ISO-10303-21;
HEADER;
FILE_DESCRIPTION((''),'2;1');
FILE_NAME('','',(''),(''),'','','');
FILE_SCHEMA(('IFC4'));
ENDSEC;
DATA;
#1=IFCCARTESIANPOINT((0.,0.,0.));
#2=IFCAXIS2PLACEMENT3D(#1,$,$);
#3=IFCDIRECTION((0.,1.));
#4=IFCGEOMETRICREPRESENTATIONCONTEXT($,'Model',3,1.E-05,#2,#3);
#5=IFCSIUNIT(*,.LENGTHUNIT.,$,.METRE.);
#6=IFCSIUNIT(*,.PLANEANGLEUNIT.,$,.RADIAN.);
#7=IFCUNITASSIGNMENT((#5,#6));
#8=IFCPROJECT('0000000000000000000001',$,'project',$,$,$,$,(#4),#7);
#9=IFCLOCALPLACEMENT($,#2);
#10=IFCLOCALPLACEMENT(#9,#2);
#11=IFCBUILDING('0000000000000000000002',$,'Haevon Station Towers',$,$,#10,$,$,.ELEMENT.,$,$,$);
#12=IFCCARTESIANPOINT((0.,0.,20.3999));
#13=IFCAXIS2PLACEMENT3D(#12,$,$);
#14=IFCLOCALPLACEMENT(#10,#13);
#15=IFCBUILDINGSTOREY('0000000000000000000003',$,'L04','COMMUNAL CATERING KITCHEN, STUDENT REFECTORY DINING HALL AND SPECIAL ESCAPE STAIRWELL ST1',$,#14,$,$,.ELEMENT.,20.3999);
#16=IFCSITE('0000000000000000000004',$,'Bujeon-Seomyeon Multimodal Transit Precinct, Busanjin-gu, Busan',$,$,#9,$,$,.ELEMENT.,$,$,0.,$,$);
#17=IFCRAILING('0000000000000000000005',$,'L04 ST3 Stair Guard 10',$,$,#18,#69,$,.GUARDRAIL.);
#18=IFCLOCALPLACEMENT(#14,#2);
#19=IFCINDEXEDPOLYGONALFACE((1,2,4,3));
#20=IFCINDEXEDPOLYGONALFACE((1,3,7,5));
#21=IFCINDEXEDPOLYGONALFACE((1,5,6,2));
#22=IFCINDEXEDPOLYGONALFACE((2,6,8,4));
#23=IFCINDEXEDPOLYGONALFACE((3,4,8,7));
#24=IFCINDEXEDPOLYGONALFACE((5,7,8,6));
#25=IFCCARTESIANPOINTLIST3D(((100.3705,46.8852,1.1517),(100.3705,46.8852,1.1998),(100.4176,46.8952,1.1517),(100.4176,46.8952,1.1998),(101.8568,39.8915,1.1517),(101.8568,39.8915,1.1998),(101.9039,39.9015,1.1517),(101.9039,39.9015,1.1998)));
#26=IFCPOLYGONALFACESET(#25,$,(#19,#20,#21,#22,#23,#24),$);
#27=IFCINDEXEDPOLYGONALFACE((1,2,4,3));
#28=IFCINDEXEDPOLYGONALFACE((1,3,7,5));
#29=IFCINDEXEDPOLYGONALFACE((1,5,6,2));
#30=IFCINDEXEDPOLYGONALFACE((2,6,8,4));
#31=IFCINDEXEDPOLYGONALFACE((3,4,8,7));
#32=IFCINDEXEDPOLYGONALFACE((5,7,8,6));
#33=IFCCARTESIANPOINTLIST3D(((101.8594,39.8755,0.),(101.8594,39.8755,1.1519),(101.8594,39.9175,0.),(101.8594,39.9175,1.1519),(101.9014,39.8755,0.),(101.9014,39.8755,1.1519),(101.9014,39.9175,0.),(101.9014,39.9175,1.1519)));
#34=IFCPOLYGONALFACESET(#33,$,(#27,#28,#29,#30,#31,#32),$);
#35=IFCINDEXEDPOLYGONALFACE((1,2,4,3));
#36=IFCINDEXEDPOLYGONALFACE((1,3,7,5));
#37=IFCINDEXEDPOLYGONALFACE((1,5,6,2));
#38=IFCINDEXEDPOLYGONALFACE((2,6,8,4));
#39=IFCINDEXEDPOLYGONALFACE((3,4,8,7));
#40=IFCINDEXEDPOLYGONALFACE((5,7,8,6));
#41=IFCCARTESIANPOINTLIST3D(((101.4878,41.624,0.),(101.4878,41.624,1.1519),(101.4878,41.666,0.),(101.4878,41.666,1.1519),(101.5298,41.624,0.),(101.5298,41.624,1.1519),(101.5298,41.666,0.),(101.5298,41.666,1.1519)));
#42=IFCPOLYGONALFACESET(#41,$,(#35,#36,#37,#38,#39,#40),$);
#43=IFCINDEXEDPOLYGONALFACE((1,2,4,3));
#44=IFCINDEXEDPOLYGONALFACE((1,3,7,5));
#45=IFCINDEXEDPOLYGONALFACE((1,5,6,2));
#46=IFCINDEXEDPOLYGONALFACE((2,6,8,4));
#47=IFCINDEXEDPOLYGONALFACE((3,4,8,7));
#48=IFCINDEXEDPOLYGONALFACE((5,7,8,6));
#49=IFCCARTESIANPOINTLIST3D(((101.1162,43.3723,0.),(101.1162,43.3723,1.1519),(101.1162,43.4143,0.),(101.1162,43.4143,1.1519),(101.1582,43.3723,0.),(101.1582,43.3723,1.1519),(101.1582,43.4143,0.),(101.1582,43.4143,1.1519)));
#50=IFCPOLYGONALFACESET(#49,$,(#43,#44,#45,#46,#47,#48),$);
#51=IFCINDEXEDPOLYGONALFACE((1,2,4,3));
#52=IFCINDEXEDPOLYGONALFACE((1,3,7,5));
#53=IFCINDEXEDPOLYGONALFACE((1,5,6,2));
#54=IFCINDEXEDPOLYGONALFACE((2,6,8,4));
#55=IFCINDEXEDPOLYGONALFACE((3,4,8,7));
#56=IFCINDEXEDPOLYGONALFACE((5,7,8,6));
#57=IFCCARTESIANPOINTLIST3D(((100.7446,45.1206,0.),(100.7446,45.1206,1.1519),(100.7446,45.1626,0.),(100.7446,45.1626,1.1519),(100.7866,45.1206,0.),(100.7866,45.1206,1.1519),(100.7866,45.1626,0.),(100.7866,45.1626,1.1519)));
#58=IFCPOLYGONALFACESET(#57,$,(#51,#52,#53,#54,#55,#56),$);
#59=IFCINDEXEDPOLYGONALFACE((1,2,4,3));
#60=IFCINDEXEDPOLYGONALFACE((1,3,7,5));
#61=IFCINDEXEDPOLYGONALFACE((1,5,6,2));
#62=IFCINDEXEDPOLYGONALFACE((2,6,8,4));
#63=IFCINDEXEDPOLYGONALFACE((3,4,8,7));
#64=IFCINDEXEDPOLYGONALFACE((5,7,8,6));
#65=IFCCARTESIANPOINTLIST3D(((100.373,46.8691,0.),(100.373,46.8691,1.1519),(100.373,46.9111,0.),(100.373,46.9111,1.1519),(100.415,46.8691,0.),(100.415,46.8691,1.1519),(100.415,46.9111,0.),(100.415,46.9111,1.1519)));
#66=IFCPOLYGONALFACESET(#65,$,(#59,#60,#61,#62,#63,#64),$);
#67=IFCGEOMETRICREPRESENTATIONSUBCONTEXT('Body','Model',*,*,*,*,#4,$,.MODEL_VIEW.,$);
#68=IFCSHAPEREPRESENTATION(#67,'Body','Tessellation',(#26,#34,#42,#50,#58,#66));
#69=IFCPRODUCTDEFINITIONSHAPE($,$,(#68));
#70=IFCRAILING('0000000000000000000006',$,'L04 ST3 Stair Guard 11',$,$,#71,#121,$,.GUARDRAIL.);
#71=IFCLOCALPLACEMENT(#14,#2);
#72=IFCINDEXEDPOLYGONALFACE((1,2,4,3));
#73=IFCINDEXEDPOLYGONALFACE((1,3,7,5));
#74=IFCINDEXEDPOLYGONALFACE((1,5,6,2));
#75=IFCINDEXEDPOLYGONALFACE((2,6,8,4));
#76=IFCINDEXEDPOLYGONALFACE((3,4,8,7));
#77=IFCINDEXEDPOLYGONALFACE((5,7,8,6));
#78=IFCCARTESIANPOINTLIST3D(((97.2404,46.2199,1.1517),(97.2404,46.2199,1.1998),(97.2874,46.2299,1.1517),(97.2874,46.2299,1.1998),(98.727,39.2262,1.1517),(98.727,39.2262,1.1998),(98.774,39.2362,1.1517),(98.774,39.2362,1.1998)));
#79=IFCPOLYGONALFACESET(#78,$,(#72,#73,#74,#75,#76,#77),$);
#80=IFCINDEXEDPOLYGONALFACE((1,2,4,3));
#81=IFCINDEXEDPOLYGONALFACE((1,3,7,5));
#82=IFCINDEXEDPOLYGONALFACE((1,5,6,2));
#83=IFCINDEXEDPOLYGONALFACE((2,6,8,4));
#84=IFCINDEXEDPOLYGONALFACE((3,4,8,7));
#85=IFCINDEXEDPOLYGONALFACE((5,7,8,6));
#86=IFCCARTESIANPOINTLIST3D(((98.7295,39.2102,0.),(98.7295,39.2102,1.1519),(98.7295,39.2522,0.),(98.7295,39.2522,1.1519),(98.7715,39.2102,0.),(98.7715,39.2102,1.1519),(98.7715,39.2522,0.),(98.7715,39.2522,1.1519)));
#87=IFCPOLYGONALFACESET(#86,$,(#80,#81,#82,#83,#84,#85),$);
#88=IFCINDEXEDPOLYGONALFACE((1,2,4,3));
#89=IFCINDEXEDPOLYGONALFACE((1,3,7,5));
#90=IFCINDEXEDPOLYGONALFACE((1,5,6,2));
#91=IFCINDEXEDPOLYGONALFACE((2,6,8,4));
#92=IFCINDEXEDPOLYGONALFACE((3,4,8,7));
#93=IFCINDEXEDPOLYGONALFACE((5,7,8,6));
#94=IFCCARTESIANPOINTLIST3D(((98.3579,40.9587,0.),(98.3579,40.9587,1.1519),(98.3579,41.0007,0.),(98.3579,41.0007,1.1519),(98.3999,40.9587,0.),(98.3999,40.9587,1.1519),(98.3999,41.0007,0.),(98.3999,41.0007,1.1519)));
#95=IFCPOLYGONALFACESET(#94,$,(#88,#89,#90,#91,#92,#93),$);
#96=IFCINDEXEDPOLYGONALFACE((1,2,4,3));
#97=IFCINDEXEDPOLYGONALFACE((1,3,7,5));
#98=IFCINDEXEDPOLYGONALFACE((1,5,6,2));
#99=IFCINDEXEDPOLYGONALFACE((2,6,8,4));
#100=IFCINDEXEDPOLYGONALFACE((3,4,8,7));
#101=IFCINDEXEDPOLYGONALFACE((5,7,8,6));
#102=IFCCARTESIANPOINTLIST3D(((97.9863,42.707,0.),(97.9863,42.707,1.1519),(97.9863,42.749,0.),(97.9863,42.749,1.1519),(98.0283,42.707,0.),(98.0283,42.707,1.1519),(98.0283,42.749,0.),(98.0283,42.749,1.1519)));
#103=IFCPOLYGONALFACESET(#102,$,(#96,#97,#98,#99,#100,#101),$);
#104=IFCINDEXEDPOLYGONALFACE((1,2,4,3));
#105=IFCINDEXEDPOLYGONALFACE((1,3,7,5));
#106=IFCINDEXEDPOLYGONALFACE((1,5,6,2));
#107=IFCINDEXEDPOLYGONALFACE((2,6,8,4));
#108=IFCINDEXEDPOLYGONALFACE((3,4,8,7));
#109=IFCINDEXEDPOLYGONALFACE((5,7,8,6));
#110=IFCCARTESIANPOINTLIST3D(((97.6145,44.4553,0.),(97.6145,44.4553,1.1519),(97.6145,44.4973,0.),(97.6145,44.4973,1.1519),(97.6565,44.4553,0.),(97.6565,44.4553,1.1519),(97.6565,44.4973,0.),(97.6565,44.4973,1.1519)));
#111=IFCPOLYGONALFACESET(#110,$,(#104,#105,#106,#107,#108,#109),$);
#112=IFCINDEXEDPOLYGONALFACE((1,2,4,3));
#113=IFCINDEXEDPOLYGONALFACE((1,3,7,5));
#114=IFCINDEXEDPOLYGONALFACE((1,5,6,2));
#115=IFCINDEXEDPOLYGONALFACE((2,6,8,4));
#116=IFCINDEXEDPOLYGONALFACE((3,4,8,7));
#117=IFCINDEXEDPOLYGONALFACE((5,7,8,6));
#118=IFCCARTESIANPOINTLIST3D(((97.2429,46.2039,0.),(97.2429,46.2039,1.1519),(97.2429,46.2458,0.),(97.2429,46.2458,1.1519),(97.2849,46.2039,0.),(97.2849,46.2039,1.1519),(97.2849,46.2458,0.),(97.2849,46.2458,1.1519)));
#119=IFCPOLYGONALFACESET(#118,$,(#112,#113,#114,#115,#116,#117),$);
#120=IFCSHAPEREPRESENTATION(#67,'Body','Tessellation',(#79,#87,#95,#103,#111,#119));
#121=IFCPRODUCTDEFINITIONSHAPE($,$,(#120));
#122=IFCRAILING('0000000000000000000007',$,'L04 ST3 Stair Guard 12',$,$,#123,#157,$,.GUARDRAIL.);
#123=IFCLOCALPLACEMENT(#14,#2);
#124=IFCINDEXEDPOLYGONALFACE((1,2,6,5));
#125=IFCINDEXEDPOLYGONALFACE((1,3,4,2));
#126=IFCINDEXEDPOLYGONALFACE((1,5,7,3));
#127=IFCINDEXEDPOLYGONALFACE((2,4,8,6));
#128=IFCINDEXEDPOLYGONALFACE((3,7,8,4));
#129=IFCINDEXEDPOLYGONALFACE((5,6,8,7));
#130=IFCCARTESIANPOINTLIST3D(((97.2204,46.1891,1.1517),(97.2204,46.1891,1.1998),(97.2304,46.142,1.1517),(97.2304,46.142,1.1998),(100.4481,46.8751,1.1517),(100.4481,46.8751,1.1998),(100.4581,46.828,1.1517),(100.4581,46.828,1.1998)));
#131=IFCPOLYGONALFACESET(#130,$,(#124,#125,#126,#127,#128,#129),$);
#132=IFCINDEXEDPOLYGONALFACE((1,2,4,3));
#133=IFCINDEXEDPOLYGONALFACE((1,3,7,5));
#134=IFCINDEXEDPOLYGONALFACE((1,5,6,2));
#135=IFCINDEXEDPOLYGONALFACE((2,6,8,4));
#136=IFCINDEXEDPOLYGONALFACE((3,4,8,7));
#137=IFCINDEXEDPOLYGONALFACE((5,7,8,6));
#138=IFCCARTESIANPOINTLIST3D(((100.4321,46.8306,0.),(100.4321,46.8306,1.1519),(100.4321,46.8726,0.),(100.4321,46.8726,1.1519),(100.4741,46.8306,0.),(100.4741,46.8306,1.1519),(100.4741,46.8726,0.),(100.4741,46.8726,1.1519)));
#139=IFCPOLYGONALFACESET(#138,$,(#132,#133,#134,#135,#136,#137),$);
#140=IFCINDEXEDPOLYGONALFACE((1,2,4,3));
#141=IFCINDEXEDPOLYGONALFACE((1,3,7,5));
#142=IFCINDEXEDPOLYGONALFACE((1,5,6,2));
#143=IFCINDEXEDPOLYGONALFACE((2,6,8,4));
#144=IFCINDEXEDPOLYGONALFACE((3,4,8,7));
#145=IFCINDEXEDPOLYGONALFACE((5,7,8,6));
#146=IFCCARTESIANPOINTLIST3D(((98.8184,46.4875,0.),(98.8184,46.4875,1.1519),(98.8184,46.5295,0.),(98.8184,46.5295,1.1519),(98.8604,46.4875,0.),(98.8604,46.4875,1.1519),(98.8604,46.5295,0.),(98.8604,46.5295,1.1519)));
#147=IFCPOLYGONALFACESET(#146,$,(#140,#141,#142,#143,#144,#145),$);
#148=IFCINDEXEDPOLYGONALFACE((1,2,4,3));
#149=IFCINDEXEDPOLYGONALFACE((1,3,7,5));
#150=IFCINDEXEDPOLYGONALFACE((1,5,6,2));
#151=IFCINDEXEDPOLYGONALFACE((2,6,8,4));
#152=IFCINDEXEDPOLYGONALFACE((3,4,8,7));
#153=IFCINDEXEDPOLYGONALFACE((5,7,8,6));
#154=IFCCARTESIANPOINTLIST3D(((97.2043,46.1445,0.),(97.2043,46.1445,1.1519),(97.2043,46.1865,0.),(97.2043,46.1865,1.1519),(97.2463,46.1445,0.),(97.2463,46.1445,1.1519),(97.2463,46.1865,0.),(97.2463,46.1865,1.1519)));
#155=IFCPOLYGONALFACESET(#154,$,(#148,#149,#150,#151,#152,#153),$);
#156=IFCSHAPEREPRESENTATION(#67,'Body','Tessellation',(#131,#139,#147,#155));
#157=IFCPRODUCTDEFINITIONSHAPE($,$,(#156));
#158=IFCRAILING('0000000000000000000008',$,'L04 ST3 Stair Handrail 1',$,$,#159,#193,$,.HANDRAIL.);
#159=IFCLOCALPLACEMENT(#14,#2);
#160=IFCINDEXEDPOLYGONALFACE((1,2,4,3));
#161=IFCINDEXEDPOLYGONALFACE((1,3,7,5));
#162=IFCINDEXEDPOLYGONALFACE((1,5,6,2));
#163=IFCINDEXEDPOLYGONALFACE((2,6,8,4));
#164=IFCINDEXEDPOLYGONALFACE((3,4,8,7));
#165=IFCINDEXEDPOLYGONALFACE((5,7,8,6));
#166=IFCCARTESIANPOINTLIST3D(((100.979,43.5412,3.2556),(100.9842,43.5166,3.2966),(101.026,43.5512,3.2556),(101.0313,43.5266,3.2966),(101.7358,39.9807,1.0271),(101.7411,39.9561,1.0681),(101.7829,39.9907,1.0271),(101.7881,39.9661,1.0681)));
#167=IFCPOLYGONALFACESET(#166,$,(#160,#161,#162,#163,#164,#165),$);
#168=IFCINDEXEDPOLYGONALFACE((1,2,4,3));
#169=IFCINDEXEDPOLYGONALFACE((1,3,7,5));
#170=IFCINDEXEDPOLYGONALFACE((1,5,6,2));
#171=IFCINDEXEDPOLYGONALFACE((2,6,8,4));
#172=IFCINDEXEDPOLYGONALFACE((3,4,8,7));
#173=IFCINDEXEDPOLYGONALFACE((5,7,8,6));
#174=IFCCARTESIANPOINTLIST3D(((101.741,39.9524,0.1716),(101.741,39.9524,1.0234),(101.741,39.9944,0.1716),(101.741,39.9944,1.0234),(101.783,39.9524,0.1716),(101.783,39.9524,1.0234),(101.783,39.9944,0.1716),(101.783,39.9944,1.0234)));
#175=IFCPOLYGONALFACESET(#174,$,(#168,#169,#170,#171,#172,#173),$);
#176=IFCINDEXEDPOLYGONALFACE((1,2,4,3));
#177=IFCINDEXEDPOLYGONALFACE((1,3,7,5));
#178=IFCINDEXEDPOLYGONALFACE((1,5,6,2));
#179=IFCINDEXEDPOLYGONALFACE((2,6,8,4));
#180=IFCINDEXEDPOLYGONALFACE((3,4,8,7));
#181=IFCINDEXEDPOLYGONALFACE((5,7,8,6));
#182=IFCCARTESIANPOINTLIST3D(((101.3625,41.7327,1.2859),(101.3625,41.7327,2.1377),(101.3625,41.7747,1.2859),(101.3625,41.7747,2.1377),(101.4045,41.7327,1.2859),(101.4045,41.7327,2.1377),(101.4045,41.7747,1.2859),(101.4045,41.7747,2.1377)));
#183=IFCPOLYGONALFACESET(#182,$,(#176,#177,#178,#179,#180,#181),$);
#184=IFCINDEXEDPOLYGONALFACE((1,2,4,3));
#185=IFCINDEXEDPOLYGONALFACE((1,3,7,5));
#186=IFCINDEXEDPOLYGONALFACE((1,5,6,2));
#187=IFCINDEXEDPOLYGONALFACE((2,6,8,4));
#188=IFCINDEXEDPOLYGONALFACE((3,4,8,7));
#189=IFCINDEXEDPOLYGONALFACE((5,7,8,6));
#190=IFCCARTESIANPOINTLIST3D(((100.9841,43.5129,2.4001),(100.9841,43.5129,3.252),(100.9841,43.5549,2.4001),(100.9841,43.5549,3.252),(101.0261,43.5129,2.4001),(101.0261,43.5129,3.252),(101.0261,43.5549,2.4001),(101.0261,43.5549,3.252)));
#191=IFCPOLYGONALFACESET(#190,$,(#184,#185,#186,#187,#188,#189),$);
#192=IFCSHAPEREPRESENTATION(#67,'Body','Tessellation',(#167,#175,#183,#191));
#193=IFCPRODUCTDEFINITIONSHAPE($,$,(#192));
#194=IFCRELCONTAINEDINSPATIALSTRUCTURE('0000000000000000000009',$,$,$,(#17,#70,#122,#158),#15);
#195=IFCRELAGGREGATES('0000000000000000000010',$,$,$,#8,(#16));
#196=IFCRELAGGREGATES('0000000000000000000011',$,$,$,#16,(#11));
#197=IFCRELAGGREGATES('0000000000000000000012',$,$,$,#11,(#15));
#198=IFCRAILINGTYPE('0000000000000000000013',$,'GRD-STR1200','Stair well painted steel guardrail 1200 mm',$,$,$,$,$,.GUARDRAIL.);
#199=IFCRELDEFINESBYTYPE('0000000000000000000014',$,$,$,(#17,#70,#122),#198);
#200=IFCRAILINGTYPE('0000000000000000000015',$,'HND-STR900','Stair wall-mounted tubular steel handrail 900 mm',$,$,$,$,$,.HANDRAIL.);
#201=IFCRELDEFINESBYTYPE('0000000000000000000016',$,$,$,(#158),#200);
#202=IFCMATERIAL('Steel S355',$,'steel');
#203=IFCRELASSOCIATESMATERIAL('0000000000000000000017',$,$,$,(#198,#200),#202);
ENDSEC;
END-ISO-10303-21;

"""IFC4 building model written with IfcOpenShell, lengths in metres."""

from ifc_helpers import new_model, si_unit, direction, frame, origin, origin_2d, place, context, subcontext, project, spatial, rectangle, extrude, material, type_object, element, save


model = new_model("IFC4")

# Units and contexts
model_context = context("Model", 3, precision=1e-05, world=origin(), true_north=direction((0.0, 1.0)))
body_context = subcontext(model_context, "Body", "Model", "MODEL_VIEW")
ifc_project = project(units=[si_unit("LENGTHUNIT", "METRE"), si_unit("PLANEANGLEUNIT", "RADIAN")], contexts=[model_context])

# Site, building, storey
site_placement = place(None, origin())
site = spatial("IfcSite", under=ifc_project, at=site_placement, Name="Bujeon-Seomyeon Multimodal Transit Precinct, Busanjin-gu, Busan", CompositionType="ELEMENT", RefElevation=0.0)
building_placement = place(site_placement, origin())
building = spatial("IfcBuilding", under=site, at=building_placement, Name="Haevon Station Towers", CompositionType="ELEMENT")
storey_placement = place(building_placement, frame((0.0, 0.0, 20.3999)))
storey = spatial("IfcBuildingStorey", under=building, at=storey_placement, Name="L04", Description="COMMUNAL CATERING KITCHEN, STUDENT REFECTORY DINING HALL AND SPECIAL ESCAPE STAIRWELL ST1", CompositionType="ELEMENT", Elevation=20.3999)

# Shared definitions
ifc_material_1 = material(Name="Steel S355", Category="steel")

# Railings
railing_type_1 = type_object("IfcRailingType", Name="GRD-STR1200", Description="Stair well painted steel guardrail 1200 mm", PredefinedType="GUARDRAIL", material=ifc_material_1)
railing_1_placement = place(storey_placement, frame((101.8804, 39.8965, 0.0)))
element("IfcRailing", 1, at=railing_1_placement, inside=storey, type_object=railing_type_1, Name="L04 ST3 Stair Guard 10", PredefinedType="GUARDRAIL", context=body_context, shape_type="SweptSolid", body=[
    extrude(rectangle(XDim=0.0481, YDim=0.0481, at=origin_2d()), frame((0.0, 0.0, 1.1758), z_axis=(-0.207882, 0.978154, 0.0), x_axis=(-0.978154, -0.207882, 0.0)), (0.0, 0.0, 1.0), 7.1499),
    extrude(rectangle(XDim=0.042, YDim=0.042, at=origin_2d()), origin(), (0.0, 0.0, 1.0), 1.1519),
    extrude(rectangle(XDim=0.042, YDim=0.042, at=origin_2d()), frame((-0.3716, 1.7485, 0.0)), (0.0, 0.0, 1.0), 1.1519),
    extrude(rectangle(XDim=0.042, YDim=0.042, at=origin_2d()), frame((-0.7432, 3.4968, 0.0)), (0.0, 0.0, 1.0), 1.1519),
    extrude(rectangle(XDim=0.042, YDim=0.042, at=origin_2d()), frame((-1.1147, 5.2451, 0.0)), (0.0, 0.0, 1.0), 1.1519),
    extrude(rectangle(XDim=0.042, YDim=0.042, at=origin_2d()), frame((-1.4863, 6.9937, 0.0)), (0.0, 0.0, 1.0), 1.1519),
])
railing_2_placement = place(storey_placement, frame((98.7505, 39.2312, 0.0)))
element("IfcRailing", 2, at=railing_2_placement, inside=storey, type_object=railing_type_1, Name="L04 ST3 Stair Guard 11", PredefinedType="GUARDRAIL", context=body_context, shape_type="SweptSolid", body=[
    extrude(rectangle(XDim=0.0481, YDim=0.0481, at=origin_2d()), frame((0.0, 0.0, 1.1758), z_axis=(-0.207915, 0.978147, 0.0), x_axis=(-0.978147, -0.207915, 0.0)), (0.0, 0.0, 1.0), 7.1499),
    extrude(rectangle(XDim=0.042, YDim=0.042, at=origin_2d()), origin(), (0.0, 0.0, 1.0), 1.1519),
    extrude(rectangle(XDim=0.042, YDim=0.042, at=origin_2d()), frame((-0.3716, 1.7485, 0.0)), (0.0, 0.0, 1.0), 1.1519),
    extrude(rectangle(XDim=0.042, YDim=0.042, at=origin_2d()), frame((-0.7432, 3.4968, 0.0)), (0.0, 0.0, 1.0), 1.1519),
    extrude(rectangle(XDim=0.042, YDim=0.042, at=origin_2d()), frame((-1.115, 5.2451, 0.0)), (0.0, 0.0, 1.0), 1.1519),
    extrude(rectangle(XDim=0.042, YDim=0.042, at=origin_2d()), frame((-1.4866, 6.9937, 0.0)), (0.0, 0.0, 1.0), 1.1519),
])
railing_3_placement = place(storey_placement, frame((100.4531, 46.8516, 0.0)))
element("IfcRailing", 3, at=railing_3_placement, inside=storey, type_object=railing_type_1, Name="L04 ST3 Stair Guard 12", PredefinedType="GUARDRAIL", context=body_context, shape_type="SweptSolid", body=[
    extrude(rectangle(XDim=0.0481, YDim=0.0481, at=origin_2d()), frame((0.0, 0.0, 1.1758), z_axis=(-0.978151, -0.207897, 0.0), x_axis=(0.207897, -0.978151, 0.0)), (0.0, 0.0, 1.0), 3.2998),
    extrude(rectangle(XDim=0.042, YDim=0.042, at=origin_2d()), origin(), (0.0, 0.0, 1.0), 1.1519),
    extrude(rectangle(XDim=0.042, YDim=0.042, at=origin_2d()), frame((-1.6138, -0.343, 0.0)), (0.0, 0.0, 1.0), 1.1519),
    extrude(rectangle(XDim=0.042, YDim=0.042, at=origin_2d()), frame((-3.2278, -0.686, 0.0)), (0.0, 0.0, 1.0), 1.1519),
])
railing_type_2 = type_object("IfcRailingType", Name="HND-STR900", Description="Stair wall-mounted tubular steel handrail 900 mm", PredefinedType="HANDRAIL", material=ifc_material_1)
railing_4_placement = place(storey_placement, frame((101.762, 39.9734, 0.1716)))
element("IfcRailing", 4, at=railing_4_placement, inside=storey, type_object=railing_type_2, Name="L04 ST3 Stair Handrail 1", PredefinedType="HANDRAIL", context=body_context, shape_type="SweptSolid", body=[
    extrude(rectangle(XDim=0.0481, YDim=0.0481, at=origin_2d()), frame((0.0, 0.0, 0.876), z_axis=(-0.177324, 0.834225, 0.522134), x_axis=(-0.978147, -0.207917, 0.0)), (0.0, 0.0, 1.0), 4.2681),
    extrude(rectangle(XDim=0.042, YDim=0.042, at=origin_2d()), origin(), (0.0, 0.0, 1.0), 0.8518),
    extrude(rectangle(XDim=0.042, YDim=0.042, at=origin_2d()), frame((-0.3784, 1.7803, 1.1143)), (0.0, 0.0, 1.0), 0.8518),
    extrude(rectangle(XDim=0.042, YDim=0.042, at=origin_2d()), frame((-0.7568, 3.5605, 2.2285)), (0.0, 0.0, 1.0), 0.8518),
])

save(model, "model.ifc")
